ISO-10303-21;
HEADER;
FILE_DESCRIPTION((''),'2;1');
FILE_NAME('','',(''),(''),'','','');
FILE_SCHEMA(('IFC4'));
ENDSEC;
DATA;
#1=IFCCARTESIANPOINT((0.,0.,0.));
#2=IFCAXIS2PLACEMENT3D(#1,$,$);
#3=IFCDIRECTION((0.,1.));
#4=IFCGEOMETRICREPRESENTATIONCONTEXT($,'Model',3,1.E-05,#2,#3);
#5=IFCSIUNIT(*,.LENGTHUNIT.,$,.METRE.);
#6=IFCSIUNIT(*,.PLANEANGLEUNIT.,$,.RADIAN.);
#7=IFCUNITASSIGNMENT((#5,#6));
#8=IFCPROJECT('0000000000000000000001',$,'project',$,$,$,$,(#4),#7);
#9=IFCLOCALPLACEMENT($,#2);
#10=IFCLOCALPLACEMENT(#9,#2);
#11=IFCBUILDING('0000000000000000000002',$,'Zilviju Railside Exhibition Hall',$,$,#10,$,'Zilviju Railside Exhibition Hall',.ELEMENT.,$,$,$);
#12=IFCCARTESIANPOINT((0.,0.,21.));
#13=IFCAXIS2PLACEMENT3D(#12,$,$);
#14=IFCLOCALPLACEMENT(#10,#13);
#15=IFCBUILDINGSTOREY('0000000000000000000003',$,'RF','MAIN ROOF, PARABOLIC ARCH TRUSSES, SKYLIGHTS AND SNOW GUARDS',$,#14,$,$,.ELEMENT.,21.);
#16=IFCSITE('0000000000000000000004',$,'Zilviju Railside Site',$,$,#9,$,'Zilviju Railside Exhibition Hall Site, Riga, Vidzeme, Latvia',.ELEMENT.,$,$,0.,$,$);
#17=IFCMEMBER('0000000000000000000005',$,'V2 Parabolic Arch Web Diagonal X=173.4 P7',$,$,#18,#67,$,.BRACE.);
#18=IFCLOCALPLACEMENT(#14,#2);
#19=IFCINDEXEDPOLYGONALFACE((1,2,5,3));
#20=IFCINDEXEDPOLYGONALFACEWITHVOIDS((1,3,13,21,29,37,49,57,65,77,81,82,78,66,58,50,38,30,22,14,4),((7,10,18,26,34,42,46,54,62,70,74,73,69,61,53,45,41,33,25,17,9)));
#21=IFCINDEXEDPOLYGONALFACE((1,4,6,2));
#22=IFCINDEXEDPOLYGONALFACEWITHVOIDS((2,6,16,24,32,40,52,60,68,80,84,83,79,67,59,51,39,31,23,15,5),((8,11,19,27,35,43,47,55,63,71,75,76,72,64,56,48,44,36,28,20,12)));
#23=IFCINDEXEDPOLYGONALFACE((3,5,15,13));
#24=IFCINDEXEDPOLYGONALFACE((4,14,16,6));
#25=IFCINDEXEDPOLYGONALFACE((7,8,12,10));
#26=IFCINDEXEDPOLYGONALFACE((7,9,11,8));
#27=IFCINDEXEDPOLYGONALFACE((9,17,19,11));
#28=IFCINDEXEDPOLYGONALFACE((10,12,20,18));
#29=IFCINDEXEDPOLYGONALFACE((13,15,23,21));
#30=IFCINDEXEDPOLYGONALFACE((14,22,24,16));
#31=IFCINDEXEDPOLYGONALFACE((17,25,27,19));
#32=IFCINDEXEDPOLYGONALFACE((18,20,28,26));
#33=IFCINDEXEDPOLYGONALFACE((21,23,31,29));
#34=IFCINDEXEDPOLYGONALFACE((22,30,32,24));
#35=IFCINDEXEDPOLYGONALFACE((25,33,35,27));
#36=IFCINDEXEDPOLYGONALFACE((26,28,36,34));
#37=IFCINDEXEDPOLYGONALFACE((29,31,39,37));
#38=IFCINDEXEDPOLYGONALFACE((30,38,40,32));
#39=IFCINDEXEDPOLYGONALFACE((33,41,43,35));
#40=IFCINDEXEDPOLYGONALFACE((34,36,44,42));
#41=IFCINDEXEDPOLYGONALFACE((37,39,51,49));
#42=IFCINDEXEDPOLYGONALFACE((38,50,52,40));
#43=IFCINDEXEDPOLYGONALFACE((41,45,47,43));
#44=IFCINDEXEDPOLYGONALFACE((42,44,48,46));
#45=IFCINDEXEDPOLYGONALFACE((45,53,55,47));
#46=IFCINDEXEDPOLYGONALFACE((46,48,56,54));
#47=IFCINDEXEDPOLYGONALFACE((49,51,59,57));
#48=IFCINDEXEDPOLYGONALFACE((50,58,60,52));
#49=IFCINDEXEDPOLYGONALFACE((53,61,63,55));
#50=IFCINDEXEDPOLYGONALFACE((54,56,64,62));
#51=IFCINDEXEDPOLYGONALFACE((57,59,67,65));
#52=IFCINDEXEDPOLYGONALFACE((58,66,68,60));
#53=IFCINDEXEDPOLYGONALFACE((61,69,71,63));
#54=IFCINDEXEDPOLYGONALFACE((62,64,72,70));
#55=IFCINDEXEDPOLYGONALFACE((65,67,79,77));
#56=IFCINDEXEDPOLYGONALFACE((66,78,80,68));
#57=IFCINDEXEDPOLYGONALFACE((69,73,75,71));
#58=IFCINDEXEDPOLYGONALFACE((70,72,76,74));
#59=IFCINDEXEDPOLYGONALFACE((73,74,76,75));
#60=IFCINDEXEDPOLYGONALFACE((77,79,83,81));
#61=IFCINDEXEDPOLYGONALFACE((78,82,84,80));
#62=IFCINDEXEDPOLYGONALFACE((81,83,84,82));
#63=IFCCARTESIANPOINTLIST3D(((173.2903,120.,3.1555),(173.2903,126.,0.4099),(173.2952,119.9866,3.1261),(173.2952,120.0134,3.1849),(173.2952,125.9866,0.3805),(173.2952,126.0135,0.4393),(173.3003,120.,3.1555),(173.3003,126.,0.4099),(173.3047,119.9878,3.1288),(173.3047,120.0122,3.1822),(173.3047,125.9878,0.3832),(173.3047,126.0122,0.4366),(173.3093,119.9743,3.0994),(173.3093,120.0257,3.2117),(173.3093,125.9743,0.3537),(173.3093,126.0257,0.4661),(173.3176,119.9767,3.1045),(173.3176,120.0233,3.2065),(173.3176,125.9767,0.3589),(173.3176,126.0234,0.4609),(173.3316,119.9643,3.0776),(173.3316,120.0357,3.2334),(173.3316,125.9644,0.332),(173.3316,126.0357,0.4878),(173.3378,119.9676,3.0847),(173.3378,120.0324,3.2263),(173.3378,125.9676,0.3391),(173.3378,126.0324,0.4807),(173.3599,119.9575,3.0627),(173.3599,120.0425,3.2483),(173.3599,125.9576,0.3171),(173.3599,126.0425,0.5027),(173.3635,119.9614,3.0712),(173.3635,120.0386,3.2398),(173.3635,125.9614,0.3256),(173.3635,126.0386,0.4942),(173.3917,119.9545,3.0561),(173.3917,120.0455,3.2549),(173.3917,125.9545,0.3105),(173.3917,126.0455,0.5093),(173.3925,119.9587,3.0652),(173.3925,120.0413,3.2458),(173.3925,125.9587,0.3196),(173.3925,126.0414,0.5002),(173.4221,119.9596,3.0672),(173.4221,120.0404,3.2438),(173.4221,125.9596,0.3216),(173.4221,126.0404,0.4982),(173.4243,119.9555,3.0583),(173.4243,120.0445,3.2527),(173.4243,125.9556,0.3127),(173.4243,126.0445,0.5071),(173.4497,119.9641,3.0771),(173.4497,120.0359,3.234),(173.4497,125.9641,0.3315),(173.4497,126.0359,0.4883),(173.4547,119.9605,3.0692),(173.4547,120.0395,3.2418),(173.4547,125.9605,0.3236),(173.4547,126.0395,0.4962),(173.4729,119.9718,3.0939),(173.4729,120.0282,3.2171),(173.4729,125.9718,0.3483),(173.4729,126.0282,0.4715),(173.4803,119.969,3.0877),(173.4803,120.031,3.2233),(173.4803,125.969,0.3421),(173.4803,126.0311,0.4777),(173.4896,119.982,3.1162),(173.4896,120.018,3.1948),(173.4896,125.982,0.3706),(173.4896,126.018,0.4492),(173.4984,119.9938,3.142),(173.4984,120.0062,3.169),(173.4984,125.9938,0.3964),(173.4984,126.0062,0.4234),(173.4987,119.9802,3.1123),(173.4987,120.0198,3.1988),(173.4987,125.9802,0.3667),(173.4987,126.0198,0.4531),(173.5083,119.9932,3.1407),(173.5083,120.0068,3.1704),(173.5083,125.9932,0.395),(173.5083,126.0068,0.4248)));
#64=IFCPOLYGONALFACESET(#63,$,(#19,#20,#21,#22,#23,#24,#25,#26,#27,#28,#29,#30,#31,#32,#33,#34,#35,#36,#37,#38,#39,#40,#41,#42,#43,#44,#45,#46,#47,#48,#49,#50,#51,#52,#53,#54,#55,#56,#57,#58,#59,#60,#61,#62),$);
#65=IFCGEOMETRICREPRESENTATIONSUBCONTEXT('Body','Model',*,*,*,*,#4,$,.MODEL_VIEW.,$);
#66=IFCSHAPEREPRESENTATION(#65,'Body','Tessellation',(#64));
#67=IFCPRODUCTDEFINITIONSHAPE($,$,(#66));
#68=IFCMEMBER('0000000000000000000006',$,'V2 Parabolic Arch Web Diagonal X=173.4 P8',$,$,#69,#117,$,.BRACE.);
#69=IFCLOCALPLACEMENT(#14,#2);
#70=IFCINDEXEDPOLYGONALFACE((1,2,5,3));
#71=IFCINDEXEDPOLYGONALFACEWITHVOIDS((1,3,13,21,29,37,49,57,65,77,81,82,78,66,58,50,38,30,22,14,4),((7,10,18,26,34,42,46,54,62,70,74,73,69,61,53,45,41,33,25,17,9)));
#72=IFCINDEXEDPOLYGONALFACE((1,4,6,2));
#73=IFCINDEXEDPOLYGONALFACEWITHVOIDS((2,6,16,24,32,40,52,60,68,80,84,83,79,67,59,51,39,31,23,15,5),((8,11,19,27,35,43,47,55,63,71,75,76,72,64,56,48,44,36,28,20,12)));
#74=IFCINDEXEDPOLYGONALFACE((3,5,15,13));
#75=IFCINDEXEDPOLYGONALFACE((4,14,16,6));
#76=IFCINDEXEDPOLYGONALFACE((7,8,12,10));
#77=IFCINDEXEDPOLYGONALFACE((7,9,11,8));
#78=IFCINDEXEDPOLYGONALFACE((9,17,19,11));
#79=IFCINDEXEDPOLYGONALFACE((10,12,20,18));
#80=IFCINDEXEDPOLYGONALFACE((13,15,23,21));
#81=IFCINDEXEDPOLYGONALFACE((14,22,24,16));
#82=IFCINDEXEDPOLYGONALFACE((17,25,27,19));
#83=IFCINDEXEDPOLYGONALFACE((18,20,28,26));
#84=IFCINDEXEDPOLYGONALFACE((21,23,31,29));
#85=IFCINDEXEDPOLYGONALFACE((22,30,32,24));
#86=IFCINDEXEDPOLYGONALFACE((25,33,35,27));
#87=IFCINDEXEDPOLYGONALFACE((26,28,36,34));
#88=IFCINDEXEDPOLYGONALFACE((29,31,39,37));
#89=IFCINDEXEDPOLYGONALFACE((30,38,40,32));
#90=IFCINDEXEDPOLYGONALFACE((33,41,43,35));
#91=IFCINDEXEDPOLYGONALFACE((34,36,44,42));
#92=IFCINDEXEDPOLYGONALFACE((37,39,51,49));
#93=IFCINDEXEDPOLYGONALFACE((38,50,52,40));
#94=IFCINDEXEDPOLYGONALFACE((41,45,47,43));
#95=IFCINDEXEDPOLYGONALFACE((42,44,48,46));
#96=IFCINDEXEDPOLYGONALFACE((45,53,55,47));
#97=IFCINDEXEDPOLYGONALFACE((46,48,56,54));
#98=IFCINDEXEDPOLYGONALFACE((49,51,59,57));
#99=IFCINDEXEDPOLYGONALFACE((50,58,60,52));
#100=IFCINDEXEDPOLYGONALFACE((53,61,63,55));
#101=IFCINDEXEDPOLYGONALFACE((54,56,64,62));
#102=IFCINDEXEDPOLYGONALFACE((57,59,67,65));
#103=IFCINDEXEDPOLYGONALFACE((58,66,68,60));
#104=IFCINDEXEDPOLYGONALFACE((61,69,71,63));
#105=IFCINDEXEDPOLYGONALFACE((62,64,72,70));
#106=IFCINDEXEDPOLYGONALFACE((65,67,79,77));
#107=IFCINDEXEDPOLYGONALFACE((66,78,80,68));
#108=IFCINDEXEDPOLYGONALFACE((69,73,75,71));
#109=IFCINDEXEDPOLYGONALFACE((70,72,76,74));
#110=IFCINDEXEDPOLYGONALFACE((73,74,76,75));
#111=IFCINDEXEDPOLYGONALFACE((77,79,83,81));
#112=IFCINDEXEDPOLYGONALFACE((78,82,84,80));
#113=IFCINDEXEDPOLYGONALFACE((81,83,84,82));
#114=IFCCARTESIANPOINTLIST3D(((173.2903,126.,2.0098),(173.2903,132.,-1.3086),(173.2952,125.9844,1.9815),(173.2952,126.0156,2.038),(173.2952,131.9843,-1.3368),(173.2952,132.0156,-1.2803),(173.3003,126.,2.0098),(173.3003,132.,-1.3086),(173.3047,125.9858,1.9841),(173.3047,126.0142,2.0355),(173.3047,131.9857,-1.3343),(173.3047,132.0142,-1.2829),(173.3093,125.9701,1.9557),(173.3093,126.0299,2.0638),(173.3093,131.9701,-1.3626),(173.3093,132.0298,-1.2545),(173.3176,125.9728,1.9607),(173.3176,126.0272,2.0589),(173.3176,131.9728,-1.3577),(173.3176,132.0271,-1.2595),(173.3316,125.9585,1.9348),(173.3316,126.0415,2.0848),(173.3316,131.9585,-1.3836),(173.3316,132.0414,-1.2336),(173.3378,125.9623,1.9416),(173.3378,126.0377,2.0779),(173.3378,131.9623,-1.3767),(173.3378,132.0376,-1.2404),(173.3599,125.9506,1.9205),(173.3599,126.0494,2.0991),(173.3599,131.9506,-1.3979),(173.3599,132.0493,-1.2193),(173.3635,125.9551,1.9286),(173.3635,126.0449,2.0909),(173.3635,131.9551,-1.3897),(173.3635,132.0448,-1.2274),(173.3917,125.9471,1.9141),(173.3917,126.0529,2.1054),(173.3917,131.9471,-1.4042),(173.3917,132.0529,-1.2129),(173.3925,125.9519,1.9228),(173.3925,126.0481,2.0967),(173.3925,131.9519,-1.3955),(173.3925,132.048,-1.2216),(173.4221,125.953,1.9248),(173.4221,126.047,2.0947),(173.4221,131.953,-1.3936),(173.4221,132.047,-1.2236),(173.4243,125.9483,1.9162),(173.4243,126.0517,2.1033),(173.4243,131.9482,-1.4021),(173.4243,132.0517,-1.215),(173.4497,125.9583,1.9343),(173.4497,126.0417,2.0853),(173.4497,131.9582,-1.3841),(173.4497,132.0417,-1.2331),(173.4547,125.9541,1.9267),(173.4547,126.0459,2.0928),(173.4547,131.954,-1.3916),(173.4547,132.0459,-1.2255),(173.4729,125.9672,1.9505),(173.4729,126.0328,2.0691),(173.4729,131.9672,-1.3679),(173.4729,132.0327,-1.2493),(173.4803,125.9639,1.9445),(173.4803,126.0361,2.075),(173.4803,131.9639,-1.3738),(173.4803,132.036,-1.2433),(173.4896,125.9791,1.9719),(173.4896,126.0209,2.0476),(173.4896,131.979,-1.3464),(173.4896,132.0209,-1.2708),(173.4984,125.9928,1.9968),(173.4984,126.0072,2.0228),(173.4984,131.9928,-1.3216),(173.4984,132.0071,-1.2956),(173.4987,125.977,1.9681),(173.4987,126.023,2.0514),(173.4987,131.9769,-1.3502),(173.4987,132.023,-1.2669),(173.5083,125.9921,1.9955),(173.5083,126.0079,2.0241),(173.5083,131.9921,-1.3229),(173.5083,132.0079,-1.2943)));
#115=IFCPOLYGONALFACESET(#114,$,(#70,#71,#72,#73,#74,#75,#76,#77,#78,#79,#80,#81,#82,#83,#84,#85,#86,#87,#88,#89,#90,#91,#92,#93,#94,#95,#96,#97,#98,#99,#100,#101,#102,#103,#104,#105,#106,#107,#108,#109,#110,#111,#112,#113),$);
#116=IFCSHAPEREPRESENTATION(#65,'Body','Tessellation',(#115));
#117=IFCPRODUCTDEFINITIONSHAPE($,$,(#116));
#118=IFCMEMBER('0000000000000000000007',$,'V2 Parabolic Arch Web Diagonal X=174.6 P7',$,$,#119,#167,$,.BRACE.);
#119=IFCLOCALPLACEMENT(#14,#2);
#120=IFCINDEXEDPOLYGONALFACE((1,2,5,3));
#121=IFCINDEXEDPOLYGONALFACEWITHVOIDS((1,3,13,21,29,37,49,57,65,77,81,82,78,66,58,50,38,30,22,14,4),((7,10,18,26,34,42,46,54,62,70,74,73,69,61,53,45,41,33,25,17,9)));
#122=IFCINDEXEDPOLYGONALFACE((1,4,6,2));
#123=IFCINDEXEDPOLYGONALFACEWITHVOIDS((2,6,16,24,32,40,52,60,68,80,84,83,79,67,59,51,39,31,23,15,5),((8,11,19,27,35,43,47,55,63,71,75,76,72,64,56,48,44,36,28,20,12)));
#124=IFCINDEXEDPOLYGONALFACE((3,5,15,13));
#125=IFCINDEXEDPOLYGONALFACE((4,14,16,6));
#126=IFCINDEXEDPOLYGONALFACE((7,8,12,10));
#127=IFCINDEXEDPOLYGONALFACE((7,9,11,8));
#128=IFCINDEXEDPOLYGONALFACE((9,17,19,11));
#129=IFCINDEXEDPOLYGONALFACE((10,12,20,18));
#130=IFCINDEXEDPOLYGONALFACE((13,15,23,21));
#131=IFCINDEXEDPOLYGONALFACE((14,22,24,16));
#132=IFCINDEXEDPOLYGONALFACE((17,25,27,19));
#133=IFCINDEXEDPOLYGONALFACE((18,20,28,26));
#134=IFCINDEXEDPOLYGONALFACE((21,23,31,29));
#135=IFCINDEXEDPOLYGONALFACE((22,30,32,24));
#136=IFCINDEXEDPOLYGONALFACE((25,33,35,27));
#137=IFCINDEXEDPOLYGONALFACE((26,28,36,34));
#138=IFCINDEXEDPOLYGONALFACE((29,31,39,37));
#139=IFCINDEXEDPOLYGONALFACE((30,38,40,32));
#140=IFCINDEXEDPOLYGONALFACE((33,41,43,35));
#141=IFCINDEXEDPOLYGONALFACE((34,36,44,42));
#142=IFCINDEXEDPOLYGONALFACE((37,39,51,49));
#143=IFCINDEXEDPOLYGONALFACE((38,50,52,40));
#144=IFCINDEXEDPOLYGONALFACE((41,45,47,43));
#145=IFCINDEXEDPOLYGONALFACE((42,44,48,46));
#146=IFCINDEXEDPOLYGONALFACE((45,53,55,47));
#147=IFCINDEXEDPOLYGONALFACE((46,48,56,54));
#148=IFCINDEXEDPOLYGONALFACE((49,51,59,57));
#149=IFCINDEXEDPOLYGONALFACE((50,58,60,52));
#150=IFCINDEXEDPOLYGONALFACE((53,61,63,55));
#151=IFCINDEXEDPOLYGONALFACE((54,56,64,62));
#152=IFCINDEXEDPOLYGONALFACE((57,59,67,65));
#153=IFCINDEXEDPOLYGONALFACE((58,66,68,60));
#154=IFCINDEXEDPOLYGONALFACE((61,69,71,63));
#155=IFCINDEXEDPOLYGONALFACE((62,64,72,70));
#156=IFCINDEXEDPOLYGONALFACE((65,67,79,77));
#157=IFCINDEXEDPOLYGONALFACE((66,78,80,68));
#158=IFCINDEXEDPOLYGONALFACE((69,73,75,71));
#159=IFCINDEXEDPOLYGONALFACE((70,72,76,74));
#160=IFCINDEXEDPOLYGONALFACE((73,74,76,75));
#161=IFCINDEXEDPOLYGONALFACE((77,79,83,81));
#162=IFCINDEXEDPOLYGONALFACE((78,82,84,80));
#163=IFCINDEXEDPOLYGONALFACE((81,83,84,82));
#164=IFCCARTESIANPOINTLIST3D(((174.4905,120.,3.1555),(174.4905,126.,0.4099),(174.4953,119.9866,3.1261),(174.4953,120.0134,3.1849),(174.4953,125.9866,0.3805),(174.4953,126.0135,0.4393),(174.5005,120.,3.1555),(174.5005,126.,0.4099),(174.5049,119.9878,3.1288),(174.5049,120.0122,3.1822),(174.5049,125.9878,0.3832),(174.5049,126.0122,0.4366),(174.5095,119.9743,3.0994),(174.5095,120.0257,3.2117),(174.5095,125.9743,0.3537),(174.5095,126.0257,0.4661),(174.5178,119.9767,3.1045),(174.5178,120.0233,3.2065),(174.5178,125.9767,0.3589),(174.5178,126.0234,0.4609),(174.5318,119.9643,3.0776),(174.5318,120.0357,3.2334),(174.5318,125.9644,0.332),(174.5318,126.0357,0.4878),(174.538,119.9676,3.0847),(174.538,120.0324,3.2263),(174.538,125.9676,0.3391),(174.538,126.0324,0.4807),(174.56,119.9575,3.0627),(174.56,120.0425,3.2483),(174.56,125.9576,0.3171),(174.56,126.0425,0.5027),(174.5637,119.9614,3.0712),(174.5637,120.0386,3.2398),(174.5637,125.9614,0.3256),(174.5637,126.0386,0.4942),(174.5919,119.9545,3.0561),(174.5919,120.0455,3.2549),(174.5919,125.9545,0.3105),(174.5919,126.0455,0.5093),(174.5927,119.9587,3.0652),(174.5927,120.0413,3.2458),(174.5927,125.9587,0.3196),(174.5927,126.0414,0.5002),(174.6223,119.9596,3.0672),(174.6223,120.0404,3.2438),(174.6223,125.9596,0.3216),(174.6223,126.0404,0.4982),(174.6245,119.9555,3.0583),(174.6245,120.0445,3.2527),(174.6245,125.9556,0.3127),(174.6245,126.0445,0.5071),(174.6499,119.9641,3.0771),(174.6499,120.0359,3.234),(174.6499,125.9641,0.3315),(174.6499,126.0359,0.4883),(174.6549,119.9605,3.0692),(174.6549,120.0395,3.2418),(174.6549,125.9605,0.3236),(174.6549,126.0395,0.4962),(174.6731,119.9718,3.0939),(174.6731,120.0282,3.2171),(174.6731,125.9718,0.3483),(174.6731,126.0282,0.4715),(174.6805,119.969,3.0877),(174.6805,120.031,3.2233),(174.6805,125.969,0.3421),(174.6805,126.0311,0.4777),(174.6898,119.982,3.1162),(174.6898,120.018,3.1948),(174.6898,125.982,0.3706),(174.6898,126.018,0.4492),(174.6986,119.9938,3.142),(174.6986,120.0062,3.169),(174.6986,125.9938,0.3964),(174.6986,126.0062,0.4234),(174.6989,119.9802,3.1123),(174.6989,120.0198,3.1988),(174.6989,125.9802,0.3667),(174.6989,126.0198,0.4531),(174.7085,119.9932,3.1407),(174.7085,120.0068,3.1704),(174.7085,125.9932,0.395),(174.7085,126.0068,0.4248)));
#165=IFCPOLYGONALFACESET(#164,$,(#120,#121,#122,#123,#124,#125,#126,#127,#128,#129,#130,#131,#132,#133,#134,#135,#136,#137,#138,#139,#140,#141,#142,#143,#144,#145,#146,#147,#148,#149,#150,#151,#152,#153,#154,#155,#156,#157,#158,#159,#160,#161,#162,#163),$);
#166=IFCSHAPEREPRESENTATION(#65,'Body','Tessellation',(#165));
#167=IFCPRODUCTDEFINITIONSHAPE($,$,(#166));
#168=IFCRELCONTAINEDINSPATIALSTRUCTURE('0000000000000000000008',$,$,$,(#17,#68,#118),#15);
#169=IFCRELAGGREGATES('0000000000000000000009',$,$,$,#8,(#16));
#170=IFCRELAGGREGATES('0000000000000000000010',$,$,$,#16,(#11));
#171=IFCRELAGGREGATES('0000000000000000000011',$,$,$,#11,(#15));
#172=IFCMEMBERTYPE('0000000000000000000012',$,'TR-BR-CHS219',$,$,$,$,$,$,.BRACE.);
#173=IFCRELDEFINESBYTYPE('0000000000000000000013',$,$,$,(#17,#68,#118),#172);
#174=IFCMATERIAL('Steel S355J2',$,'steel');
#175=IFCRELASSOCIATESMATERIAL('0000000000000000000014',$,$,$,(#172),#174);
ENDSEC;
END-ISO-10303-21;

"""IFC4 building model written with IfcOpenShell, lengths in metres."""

from ifc_helpers import new_model, si_unit, direction, frame, origin, origin_2d, place, context, subcontext, project, spatial, hollow_circle, extrude, material, material_profile, profile_set, type_object, element, save


model = new_model("IFC4")

# Units and contexts
model_context = context("Model", 3, precision=1e-05, world=origin(), true_north=direction((0.0, 1.0)))
body_context = subcontext(model_context, "Body", "Model", "MODEL_VIEW")
ifc_project = project(units=[si_unit("LENGTHUNIT", "METRE"), si_unit("PLANEANGLEUNIT", "RADIAN")], contexts=[model_context])

# Site, building, storey
site_placement = place(None, origin())
site = spatial("IfcSite", under=ifc_project, at=site_placement, Name="Zilviju Railside Site", LongName="Zilviju Railside Exhibition Hall Site, Riga, Vidzeme, Latvia", CompositionType="ELEMENT", RefElevation=0.0)
building_placement = place(site_placement, origin())
building = spatial("IfcBuilding", under=site, at=building_placement, Name="Zilviju Railside Exhibition Hall", LongName="Zilviju Railside Exhibition Hall", CompositionType="ELEMENT")
storey_placement = place(building_placement, frame((0.0, 0.0, 21.0)))
storey = spatial("IfcBuildingStorey", under=building, at=storey_placement, Name="RF", Description="MAIN ROOF, PARABOLIC ARCH TRUSSES, SKYLIGHTS AND SNOW GUARDS", CompositionType="ELEMENT", Elevation=21.0)

# Members
ifc_material_1 = material(Name="Steel S355J2", Category="steel")
ifc_material_profile_1 = material_profile(ifc_material_1, hollow_circle(Radius=0.1096, WallThickness=0.01, at=origin_2d()), Name="CHS 219.1x10.0")
ifc_profile_set_1 = profile_set([ifc_material_profile_1], Name="Steel S355J2")
member_type_1 = type_object("IfcMemberType", Name="TR-BR-CHS219", PredefinedType="BRACE", material=ifc_profile_set_1)
member_1_placement = place(storey_placement, frame((173.3999, 120.0, 3.1555), z_axis=(0.0, 0.909317, -0.416104), x_axis=(-1.0, 0.0, 0.0)))
element("IfcMember", 1, at=member_1_placement, inside=storey, type_object=member_type_1, Name="V2 Parabolic Arch Web Diagonal X=173.4 P7", PredefinedType="BRACE", context=body_context, shape_type="SweptSolid", body=[
    extrude(hollow_circle(Radius=0.1096, WallThickness=0.01, at=origin_2d()), origin(), (0.0, 0.0, 1.0), 6.5984),
])
member_2_placement = place(storey_placement, frame((173.3999, 126.0, 2.0098), z_axis=(0.0, 0.875083, -0.483973), x_axis=(-1.0, 0.0, 0.0)))
element("IfcMember", 2, at=member_2_placement, inside=storey, type_object=member_type_1, Name="V2 Parabolic Arch Web Diagonal X=173.4 P8", PredefinedType="BRACE", context=body_context, shape_type="SweptSolid", body=[
    extrude(hollow_circle(Radius=0.1096, WallThickness=0.01, at=origin_2d()), origin(), (0.0, 0.0, 1.0), 6.8564),
])
member_3_placement = place(storey_placement, frame((174.6001, 120.0, 3.1555), z_axis=(0.0, 0.909317, -0.416104), x_axis=(-1.0, 0.0, 0.0)))
element("IfcMember", 3, at=member_3_placement, inside=storey, type_object=member_type_1, Name="V2 Parabolic Arch Web Diagonal X=174.6 P7", PredefinedType="BRACE", context=body_context, shape_type="SweptSolid", body=[
    extrude(hollow_circle(Radius=0.1096, WallThickness=0.01, at=origin_2d()), origin(), (0.0, 0.0, 1.0), 6.5984),
])

save(model, "model.ifc")
